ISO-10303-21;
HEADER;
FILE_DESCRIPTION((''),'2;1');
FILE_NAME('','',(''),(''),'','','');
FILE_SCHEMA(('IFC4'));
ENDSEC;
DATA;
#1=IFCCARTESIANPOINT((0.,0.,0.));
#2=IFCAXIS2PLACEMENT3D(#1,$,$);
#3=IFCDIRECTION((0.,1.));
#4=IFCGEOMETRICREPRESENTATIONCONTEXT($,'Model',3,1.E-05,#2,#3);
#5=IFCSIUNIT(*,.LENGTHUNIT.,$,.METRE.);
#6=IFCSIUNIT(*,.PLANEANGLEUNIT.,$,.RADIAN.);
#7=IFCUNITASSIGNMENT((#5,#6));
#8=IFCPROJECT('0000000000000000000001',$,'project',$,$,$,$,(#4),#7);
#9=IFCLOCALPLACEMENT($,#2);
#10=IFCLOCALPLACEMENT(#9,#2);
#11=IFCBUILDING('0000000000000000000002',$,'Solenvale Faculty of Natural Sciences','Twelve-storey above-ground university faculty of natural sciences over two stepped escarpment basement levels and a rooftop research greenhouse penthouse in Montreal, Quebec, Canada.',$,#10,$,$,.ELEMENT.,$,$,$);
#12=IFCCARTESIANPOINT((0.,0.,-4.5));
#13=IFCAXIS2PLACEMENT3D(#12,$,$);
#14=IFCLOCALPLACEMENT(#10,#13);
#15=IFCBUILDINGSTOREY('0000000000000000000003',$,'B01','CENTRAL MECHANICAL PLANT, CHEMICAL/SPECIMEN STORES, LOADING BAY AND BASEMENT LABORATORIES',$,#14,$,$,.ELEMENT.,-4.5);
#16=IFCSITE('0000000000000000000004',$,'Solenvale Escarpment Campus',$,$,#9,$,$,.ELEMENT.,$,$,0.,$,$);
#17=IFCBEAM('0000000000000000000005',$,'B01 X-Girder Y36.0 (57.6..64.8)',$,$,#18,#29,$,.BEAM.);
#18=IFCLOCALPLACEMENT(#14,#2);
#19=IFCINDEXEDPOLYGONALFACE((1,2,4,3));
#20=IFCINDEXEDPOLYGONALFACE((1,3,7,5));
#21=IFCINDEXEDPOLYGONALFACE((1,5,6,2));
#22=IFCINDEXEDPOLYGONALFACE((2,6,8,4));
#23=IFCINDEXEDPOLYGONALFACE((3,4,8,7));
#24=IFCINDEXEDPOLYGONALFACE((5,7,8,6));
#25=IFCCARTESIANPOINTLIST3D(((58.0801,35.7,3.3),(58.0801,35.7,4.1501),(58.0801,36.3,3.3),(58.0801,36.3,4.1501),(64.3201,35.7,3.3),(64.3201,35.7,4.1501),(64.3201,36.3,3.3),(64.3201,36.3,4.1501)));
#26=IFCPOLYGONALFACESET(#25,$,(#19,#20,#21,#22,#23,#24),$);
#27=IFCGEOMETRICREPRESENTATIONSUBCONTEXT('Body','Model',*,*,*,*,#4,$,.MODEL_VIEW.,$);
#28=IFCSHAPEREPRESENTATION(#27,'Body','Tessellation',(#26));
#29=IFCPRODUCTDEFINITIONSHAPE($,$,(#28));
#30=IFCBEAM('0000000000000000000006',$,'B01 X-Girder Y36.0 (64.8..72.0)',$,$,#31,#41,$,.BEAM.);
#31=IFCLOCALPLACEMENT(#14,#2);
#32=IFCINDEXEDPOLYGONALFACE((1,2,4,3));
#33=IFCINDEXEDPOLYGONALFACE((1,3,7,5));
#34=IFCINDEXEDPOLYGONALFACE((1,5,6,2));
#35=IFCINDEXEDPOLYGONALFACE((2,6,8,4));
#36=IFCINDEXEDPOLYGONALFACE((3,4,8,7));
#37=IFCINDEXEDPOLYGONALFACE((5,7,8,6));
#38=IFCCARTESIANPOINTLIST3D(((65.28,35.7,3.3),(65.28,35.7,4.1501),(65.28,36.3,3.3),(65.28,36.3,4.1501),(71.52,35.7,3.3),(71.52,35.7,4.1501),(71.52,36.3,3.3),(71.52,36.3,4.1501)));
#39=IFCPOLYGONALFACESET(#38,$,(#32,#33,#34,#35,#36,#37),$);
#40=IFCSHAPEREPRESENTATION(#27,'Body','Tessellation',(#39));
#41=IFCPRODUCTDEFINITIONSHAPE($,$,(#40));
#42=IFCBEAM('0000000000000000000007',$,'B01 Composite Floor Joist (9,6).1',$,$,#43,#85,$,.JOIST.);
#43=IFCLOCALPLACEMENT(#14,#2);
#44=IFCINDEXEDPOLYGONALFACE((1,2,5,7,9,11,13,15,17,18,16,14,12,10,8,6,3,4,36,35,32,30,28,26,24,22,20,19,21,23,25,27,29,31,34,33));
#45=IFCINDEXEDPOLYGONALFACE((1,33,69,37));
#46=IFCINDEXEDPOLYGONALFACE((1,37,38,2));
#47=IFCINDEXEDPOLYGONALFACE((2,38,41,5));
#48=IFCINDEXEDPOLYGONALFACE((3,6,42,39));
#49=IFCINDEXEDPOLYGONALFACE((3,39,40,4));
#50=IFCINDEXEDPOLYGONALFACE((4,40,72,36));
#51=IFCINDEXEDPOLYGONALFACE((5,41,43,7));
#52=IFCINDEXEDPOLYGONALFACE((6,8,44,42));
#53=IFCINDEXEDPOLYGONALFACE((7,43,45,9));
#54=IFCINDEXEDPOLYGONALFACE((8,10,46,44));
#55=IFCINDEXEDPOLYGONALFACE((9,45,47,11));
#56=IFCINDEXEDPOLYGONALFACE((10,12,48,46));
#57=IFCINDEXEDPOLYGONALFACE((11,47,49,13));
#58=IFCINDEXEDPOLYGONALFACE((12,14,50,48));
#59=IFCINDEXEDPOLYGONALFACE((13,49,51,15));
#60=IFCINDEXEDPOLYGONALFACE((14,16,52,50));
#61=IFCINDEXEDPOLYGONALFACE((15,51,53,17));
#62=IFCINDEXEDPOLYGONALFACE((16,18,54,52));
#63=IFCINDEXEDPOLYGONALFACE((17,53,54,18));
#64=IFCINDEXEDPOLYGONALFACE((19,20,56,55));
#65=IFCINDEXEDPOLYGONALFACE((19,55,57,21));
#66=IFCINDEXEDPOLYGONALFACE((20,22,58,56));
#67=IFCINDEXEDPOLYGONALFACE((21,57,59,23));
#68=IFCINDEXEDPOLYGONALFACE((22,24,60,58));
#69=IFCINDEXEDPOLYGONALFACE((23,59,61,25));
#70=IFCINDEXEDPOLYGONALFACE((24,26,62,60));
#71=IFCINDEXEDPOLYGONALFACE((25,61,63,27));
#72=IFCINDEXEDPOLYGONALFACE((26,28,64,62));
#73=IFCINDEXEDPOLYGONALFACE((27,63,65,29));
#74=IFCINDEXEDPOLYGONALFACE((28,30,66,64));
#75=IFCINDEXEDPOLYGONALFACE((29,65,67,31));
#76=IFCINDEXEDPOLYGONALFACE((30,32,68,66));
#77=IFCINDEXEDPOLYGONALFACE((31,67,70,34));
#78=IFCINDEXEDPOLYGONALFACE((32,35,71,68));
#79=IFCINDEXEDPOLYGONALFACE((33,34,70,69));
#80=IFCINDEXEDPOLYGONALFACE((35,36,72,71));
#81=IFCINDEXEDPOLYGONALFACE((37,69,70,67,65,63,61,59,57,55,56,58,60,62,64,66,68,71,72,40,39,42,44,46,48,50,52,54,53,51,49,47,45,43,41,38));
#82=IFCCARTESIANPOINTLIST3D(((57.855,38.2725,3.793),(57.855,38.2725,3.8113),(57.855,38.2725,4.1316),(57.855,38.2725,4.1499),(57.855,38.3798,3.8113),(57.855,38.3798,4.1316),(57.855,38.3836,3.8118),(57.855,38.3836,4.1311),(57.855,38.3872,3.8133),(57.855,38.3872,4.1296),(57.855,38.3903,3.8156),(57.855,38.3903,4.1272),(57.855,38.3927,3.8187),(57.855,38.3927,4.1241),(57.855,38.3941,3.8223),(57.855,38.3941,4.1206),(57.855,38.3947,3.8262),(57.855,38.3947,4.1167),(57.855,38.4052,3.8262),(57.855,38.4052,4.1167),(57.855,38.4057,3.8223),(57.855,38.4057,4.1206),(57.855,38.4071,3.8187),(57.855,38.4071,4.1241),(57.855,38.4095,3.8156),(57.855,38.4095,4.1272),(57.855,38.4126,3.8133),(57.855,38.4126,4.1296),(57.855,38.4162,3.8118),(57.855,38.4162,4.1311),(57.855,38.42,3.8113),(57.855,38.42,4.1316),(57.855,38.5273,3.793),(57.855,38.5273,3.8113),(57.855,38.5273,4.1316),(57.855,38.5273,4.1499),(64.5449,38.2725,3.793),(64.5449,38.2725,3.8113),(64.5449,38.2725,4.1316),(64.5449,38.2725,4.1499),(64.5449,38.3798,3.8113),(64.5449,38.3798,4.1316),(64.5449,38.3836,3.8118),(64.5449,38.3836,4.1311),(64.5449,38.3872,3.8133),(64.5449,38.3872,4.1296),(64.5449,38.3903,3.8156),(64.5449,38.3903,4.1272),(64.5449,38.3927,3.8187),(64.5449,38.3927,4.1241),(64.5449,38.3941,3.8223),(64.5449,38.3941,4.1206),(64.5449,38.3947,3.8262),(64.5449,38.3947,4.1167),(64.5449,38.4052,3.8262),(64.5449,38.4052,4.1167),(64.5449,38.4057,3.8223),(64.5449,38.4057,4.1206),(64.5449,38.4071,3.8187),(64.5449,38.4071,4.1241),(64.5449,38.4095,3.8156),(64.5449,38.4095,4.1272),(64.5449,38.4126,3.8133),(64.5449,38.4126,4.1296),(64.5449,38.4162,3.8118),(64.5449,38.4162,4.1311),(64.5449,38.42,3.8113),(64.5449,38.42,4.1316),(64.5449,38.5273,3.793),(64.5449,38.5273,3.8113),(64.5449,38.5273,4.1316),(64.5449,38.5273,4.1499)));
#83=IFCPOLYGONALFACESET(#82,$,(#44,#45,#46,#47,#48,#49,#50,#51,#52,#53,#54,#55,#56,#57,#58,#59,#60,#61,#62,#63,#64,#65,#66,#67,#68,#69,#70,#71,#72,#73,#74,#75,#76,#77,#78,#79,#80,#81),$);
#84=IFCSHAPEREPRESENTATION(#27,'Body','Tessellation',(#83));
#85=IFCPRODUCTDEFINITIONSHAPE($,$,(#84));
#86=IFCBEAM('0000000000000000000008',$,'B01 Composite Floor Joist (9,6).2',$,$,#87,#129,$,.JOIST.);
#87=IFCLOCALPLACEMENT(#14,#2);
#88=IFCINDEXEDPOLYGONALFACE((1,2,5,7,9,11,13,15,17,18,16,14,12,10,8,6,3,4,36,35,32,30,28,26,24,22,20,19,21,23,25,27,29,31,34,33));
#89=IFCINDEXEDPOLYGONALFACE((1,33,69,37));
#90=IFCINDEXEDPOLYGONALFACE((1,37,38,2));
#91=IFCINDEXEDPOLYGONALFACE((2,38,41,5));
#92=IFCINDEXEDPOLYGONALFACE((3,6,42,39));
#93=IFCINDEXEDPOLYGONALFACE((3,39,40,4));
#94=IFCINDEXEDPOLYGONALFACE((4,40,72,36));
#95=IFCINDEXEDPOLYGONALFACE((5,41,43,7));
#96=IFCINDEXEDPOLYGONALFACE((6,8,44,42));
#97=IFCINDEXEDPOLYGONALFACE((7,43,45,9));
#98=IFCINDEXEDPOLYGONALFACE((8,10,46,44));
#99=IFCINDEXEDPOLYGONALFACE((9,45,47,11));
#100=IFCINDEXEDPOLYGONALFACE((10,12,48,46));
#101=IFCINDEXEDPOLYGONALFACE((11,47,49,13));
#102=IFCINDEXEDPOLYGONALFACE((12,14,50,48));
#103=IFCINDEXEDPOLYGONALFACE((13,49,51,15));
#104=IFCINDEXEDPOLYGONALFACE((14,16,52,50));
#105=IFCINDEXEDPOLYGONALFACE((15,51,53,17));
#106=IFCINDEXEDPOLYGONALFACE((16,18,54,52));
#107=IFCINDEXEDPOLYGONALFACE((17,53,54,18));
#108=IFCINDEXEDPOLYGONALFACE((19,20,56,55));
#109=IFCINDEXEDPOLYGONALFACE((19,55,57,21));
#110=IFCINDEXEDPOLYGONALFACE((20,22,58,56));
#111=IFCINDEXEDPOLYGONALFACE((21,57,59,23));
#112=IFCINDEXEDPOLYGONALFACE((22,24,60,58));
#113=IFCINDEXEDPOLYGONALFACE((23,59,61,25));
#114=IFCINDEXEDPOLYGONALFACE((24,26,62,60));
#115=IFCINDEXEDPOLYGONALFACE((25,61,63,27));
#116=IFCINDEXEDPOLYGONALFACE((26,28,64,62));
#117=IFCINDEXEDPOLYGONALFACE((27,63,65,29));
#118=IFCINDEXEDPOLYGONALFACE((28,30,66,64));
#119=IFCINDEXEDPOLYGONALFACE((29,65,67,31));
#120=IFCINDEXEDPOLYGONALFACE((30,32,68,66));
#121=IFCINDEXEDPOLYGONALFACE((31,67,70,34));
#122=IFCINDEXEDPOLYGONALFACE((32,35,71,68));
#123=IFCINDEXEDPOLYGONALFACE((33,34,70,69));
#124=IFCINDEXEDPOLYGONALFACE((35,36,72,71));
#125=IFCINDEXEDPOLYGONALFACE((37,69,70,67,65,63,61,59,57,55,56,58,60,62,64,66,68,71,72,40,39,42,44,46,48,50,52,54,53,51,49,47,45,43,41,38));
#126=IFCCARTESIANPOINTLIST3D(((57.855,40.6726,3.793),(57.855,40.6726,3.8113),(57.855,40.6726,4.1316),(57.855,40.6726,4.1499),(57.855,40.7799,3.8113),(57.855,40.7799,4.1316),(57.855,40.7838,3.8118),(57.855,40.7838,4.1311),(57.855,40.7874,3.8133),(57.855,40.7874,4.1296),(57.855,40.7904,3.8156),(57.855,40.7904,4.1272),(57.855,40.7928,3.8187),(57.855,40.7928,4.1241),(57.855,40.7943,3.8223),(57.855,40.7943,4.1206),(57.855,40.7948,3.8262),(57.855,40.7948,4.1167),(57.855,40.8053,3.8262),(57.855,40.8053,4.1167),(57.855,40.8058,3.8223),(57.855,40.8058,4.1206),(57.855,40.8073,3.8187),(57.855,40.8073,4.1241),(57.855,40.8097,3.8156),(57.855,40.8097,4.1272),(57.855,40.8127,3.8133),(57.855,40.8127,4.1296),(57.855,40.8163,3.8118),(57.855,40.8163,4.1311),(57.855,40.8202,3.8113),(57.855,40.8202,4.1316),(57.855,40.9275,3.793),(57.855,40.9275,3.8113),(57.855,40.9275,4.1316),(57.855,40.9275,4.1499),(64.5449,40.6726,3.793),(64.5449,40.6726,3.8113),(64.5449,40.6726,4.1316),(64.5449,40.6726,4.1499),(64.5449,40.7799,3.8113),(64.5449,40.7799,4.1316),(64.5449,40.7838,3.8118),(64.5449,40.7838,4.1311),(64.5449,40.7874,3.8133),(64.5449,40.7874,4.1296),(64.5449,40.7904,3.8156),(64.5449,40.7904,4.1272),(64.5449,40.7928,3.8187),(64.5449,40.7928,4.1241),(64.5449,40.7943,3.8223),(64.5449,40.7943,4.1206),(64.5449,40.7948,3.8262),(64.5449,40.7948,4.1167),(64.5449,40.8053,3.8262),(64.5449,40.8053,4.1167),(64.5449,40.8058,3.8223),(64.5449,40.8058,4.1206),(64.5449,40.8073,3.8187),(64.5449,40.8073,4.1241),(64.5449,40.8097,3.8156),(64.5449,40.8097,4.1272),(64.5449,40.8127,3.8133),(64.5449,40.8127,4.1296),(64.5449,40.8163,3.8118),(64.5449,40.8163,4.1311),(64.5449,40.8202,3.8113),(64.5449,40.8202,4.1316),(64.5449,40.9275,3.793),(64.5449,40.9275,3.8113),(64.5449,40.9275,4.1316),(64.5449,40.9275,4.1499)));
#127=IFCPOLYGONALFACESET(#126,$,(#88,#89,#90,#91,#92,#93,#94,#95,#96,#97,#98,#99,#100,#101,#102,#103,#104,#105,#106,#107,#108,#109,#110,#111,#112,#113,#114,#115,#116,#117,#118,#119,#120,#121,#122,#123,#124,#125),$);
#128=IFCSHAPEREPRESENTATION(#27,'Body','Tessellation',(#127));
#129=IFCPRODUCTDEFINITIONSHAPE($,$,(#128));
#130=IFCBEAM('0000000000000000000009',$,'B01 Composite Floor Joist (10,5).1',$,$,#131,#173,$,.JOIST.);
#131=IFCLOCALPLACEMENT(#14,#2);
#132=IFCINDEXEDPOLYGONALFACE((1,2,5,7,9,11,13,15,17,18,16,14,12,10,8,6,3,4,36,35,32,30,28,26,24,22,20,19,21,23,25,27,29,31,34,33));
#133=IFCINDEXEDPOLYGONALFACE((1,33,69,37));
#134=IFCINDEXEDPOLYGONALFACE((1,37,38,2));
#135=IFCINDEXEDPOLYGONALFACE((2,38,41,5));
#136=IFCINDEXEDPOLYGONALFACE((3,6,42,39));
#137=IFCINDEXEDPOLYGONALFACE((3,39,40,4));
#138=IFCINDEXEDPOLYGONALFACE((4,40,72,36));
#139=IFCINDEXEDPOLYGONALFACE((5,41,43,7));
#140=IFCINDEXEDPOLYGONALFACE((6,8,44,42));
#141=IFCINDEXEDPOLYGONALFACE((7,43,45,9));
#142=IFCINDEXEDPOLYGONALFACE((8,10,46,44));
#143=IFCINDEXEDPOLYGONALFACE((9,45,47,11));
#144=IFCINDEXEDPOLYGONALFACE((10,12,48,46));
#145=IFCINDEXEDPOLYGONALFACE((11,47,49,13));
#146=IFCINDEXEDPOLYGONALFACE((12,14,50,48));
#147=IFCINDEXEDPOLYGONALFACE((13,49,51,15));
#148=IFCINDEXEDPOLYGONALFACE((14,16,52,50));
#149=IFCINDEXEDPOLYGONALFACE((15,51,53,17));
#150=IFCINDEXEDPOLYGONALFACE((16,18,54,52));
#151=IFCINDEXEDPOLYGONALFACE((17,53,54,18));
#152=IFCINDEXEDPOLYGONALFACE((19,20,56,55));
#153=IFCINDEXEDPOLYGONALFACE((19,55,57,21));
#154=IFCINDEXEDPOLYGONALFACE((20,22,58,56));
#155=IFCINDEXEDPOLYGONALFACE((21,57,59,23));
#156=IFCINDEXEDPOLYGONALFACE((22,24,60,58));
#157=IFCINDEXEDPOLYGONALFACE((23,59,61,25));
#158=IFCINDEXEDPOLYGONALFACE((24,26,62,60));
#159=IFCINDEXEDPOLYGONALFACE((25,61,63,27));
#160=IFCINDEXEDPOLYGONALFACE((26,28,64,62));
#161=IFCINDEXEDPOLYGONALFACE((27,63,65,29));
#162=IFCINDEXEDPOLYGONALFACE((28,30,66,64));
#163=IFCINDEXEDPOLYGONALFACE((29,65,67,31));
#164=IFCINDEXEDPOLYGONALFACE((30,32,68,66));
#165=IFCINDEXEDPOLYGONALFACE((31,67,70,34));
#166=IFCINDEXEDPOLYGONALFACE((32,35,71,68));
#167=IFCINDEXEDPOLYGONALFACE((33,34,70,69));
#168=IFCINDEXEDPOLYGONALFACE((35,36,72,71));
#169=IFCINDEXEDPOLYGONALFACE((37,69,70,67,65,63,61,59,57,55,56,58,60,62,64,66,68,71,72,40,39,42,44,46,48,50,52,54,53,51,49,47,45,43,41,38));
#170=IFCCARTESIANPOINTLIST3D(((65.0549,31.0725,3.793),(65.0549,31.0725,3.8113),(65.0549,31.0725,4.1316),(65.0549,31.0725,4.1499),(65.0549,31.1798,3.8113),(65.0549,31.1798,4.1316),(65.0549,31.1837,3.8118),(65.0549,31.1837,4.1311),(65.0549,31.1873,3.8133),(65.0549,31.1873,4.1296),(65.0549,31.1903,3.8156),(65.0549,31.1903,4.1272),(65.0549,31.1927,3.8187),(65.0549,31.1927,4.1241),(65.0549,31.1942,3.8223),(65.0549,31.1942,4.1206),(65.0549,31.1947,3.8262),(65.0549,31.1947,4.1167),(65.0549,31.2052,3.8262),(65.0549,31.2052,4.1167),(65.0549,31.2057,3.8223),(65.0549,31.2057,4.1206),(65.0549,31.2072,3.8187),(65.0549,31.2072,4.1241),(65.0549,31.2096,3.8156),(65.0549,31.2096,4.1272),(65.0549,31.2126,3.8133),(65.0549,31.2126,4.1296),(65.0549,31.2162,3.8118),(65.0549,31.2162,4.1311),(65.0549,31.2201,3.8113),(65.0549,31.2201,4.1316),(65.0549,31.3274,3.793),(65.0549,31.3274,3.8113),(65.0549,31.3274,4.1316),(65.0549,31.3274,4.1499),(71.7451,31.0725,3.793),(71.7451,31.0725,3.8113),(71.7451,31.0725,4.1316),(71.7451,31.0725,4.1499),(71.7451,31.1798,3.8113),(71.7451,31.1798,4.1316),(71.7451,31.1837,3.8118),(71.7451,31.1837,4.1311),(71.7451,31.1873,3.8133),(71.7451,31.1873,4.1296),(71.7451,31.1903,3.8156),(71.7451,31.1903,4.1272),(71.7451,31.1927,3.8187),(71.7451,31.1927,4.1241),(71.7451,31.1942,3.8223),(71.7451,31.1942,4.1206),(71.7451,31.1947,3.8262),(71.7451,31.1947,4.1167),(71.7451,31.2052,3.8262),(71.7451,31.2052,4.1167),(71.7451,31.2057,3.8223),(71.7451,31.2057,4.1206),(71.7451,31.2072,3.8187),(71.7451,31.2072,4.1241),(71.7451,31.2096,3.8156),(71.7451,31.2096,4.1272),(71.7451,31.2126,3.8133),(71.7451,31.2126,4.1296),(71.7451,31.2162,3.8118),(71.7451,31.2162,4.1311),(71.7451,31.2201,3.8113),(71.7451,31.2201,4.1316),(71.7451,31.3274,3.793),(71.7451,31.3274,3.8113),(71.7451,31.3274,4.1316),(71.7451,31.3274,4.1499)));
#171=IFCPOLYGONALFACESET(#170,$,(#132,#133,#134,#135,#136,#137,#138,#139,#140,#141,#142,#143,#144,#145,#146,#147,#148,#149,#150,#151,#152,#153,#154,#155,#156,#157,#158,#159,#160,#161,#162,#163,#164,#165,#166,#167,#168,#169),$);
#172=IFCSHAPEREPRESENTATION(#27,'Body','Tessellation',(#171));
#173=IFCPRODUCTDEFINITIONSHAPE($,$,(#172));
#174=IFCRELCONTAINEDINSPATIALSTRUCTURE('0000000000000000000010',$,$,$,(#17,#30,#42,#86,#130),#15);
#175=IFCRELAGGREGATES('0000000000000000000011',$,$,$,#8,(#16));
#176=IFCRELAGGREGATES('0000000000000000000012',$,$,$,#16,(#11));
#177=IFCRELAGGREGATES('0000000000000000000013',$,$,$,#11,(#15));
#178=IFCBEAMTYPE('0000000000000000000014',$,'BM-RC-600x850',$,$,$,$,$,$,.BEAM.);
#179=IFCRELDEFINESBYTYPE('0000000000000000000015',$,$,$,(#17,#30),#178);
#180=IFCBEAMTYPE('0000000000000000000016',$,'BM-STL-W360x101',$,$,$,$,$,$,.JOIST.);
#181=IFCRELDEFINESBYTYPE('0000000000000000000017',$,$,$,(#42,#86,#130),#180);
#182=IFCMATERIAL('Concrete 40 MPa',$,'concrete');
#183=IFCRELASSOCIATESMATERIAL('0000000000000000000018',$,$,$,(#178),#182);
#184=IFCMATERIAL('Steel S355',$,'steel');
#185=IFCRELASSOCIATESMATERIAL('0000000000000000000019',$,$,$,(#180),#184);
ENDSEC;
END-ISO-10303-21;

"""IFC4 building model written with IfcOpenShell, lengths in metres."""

from ifc_helpers import new_model, si_unit, direction, frame, origin, origin_2d, place, context, subcontext, project, spatial, rectangle, i_section, extrude, material, material_profile, profile_set, type_object, element, save


model = new_model("IFC4")

# Units and contexts
model_context = context("Model", 3, precision=1e-05, world=origin(), true_north=direction((0.0, 1.0)))
body_context = subcontext(model_context, "Body", "Model", "MODEL_VIEW")
ifc_project = project(units=[si_unit("LENGTHUNIT", "METRE"), si_unit("PLANEANGLEUNIT", "RADIAN")], contexts=[model_context])

# Site, building, storey
site_placement = place(None, origin())
site = spatial("IfcSite", under=ifc_project, at=site_placement, Name="Solenvale Escarpment Campus", CompositionType="ELEMENT", RefElevation=0.0)
building_placement = place(site_placement, origin())
building = spatial("IfcBuilding", under=site, at=building_placement, Name="Solenvale Faculty of Natural Sciences", Description="Twelve-storey above-ground university faculty of natural sciences over two stepped escarpment basement levels and a rooftop research greenhouse penthouse in Montreal, Quebec, Canada.", CompositionType="ELEMENT")
storey_placement = place(building_placement, frame((0.0, 0.0, -4.5)))
storey = spatial("IfcBuildingStorey", under=building, at=storey_placement, Name="B01", Description="CENTRAL MECHANICAL PLANT, CHEMICAL/SPECIMEN STORES, LOADING BAY AND BASEMENT LABORATORIES", CompositionType="ELEMENT", Elevation=-4.5)

# Shared definitions
ifc_material_1 = material(Name="Concrete 40 MPa", Category="concrete")

# Beams
ifc_material_profile_1 = material_profile(ifc_material_1, rectangle(XDim=0.6001, YDim=0.8501, at=origin_2d()), Name="RC-BM-600x850")
ifc_profile_set_1 = profile_set([ifc_material_profile_1], Name="Concrete 40 MPa")
beam_type_1 = type_object("IfcBeamType", Name="BM-RC-600x850", PredefinedType="BEAM", material=ifc_profile_set_1)
for number, where, z_axis, x_axis, name in (
    (1, (58.0801, 36.0, 3.7251), (1.0, 0.0, 0.0), (0.0, 1.0, 0.0), "B01 X-Girder Y36.0 (57.6..64.8)"),
    (2, (65.28, 36.0, 3.7251), (1.0, 0.0, 0.0), (0.0, 1.0, 0.0), "B01 X-Girder Y36.0 (64.8..72.0)"),
):
    element("IfcBeam", number, at=place(storey_placement, frame(where, z_axis=z_axis, x_axis=x_axis)), inside=storey, type_object=beam_type_1, Name=name, PredefinedType="BEAM", context=body_context, shape_type="SweptSolid", body=[
        extrude(rectangle(XDim=0.6001, YDim=0.8501, at=origin_2d()), origin(), (0.0, 0.0, 1.0), 6.24),
    ])
ifc_material_2 = material(Name="Steel S355", Category="steel")
ifc_material_profile_2 = material_profile(ifc_material_2, i_section(OverallWidth=0.2549, OverallDepth=0.3569, WebThickness=0.0105, FlangeThickness=0.0183, FilletRadius=0.0149, at=origin_2d()), Name="W360x101")
ifc_profile_set_2 = profile_set([ifc_material_profile_2], Name="Steel S355")
beam_type_2 = type_object("IfcBeamType", Name="BM-STL-W360x101", PredefinedType="JOIST", material=ifc_profile_set_2)
for number, where, z_axis, x_axis, name in (
    (3, (57.855, 38.3999, 3.9714), (1.0, 0.0, 0.0), (0.0, 1.0, 0.0), "B01 Composite Floor Joist (9,6).1"),
    (4, (57.855, 40.8, 3.9714), (1.0, 0.0, 0.0), (0.0, 1.0, 0.0), "B01 Composite Floor Joist (9,6).2"),
):
    element("IfcBeam", number, at=place(storey_placement, frame(where, z_axis=z_axis, x_axis=x_axis)), inside=storey, type_object=beam_type_2, Name=name, PredefinedType="JOIST", context=body_context, shape_type="SweptSolid", body=[
        extrude(i_section(OverallWidth=0.2549, OverallDepth=0.3569, WebThickness=0.0105, FlangeThickness=0.0183, FilletRadius=0.0149, at=origin_2d()), origin(), (0.0, 0.0, 1.0), 6.6899),
    ])
for number, where, z_axis, x_axis, name in (
    (5, (65.0549, 31.2, 3.9714), (1.0, 0.0, 0.0), (0.0, 1.0, 0.0), "B01 Composite Floor Joist (10,5).1"),
):
    element("IfcBeam", number, at=place(storey_placement, frame(where, z_axis=z_axis, x_axis=x_axis)), inside=storey, type_object=beam_type_2, Name=name, PredefinedType="JOIST", context=body_context, shape_type="SweptSolid", body=[
        extrude(i_section(OverallWidth=0.2549, OverallDepth=0.3569, WebThickness=0.0105, FlangeThickness=0.0183, FilletRadius=0.0149, at=origin_2d()), origin(), (0.0, 0.0, 1.0), 6.6902),
    ])

save(model, "model.ifc")
